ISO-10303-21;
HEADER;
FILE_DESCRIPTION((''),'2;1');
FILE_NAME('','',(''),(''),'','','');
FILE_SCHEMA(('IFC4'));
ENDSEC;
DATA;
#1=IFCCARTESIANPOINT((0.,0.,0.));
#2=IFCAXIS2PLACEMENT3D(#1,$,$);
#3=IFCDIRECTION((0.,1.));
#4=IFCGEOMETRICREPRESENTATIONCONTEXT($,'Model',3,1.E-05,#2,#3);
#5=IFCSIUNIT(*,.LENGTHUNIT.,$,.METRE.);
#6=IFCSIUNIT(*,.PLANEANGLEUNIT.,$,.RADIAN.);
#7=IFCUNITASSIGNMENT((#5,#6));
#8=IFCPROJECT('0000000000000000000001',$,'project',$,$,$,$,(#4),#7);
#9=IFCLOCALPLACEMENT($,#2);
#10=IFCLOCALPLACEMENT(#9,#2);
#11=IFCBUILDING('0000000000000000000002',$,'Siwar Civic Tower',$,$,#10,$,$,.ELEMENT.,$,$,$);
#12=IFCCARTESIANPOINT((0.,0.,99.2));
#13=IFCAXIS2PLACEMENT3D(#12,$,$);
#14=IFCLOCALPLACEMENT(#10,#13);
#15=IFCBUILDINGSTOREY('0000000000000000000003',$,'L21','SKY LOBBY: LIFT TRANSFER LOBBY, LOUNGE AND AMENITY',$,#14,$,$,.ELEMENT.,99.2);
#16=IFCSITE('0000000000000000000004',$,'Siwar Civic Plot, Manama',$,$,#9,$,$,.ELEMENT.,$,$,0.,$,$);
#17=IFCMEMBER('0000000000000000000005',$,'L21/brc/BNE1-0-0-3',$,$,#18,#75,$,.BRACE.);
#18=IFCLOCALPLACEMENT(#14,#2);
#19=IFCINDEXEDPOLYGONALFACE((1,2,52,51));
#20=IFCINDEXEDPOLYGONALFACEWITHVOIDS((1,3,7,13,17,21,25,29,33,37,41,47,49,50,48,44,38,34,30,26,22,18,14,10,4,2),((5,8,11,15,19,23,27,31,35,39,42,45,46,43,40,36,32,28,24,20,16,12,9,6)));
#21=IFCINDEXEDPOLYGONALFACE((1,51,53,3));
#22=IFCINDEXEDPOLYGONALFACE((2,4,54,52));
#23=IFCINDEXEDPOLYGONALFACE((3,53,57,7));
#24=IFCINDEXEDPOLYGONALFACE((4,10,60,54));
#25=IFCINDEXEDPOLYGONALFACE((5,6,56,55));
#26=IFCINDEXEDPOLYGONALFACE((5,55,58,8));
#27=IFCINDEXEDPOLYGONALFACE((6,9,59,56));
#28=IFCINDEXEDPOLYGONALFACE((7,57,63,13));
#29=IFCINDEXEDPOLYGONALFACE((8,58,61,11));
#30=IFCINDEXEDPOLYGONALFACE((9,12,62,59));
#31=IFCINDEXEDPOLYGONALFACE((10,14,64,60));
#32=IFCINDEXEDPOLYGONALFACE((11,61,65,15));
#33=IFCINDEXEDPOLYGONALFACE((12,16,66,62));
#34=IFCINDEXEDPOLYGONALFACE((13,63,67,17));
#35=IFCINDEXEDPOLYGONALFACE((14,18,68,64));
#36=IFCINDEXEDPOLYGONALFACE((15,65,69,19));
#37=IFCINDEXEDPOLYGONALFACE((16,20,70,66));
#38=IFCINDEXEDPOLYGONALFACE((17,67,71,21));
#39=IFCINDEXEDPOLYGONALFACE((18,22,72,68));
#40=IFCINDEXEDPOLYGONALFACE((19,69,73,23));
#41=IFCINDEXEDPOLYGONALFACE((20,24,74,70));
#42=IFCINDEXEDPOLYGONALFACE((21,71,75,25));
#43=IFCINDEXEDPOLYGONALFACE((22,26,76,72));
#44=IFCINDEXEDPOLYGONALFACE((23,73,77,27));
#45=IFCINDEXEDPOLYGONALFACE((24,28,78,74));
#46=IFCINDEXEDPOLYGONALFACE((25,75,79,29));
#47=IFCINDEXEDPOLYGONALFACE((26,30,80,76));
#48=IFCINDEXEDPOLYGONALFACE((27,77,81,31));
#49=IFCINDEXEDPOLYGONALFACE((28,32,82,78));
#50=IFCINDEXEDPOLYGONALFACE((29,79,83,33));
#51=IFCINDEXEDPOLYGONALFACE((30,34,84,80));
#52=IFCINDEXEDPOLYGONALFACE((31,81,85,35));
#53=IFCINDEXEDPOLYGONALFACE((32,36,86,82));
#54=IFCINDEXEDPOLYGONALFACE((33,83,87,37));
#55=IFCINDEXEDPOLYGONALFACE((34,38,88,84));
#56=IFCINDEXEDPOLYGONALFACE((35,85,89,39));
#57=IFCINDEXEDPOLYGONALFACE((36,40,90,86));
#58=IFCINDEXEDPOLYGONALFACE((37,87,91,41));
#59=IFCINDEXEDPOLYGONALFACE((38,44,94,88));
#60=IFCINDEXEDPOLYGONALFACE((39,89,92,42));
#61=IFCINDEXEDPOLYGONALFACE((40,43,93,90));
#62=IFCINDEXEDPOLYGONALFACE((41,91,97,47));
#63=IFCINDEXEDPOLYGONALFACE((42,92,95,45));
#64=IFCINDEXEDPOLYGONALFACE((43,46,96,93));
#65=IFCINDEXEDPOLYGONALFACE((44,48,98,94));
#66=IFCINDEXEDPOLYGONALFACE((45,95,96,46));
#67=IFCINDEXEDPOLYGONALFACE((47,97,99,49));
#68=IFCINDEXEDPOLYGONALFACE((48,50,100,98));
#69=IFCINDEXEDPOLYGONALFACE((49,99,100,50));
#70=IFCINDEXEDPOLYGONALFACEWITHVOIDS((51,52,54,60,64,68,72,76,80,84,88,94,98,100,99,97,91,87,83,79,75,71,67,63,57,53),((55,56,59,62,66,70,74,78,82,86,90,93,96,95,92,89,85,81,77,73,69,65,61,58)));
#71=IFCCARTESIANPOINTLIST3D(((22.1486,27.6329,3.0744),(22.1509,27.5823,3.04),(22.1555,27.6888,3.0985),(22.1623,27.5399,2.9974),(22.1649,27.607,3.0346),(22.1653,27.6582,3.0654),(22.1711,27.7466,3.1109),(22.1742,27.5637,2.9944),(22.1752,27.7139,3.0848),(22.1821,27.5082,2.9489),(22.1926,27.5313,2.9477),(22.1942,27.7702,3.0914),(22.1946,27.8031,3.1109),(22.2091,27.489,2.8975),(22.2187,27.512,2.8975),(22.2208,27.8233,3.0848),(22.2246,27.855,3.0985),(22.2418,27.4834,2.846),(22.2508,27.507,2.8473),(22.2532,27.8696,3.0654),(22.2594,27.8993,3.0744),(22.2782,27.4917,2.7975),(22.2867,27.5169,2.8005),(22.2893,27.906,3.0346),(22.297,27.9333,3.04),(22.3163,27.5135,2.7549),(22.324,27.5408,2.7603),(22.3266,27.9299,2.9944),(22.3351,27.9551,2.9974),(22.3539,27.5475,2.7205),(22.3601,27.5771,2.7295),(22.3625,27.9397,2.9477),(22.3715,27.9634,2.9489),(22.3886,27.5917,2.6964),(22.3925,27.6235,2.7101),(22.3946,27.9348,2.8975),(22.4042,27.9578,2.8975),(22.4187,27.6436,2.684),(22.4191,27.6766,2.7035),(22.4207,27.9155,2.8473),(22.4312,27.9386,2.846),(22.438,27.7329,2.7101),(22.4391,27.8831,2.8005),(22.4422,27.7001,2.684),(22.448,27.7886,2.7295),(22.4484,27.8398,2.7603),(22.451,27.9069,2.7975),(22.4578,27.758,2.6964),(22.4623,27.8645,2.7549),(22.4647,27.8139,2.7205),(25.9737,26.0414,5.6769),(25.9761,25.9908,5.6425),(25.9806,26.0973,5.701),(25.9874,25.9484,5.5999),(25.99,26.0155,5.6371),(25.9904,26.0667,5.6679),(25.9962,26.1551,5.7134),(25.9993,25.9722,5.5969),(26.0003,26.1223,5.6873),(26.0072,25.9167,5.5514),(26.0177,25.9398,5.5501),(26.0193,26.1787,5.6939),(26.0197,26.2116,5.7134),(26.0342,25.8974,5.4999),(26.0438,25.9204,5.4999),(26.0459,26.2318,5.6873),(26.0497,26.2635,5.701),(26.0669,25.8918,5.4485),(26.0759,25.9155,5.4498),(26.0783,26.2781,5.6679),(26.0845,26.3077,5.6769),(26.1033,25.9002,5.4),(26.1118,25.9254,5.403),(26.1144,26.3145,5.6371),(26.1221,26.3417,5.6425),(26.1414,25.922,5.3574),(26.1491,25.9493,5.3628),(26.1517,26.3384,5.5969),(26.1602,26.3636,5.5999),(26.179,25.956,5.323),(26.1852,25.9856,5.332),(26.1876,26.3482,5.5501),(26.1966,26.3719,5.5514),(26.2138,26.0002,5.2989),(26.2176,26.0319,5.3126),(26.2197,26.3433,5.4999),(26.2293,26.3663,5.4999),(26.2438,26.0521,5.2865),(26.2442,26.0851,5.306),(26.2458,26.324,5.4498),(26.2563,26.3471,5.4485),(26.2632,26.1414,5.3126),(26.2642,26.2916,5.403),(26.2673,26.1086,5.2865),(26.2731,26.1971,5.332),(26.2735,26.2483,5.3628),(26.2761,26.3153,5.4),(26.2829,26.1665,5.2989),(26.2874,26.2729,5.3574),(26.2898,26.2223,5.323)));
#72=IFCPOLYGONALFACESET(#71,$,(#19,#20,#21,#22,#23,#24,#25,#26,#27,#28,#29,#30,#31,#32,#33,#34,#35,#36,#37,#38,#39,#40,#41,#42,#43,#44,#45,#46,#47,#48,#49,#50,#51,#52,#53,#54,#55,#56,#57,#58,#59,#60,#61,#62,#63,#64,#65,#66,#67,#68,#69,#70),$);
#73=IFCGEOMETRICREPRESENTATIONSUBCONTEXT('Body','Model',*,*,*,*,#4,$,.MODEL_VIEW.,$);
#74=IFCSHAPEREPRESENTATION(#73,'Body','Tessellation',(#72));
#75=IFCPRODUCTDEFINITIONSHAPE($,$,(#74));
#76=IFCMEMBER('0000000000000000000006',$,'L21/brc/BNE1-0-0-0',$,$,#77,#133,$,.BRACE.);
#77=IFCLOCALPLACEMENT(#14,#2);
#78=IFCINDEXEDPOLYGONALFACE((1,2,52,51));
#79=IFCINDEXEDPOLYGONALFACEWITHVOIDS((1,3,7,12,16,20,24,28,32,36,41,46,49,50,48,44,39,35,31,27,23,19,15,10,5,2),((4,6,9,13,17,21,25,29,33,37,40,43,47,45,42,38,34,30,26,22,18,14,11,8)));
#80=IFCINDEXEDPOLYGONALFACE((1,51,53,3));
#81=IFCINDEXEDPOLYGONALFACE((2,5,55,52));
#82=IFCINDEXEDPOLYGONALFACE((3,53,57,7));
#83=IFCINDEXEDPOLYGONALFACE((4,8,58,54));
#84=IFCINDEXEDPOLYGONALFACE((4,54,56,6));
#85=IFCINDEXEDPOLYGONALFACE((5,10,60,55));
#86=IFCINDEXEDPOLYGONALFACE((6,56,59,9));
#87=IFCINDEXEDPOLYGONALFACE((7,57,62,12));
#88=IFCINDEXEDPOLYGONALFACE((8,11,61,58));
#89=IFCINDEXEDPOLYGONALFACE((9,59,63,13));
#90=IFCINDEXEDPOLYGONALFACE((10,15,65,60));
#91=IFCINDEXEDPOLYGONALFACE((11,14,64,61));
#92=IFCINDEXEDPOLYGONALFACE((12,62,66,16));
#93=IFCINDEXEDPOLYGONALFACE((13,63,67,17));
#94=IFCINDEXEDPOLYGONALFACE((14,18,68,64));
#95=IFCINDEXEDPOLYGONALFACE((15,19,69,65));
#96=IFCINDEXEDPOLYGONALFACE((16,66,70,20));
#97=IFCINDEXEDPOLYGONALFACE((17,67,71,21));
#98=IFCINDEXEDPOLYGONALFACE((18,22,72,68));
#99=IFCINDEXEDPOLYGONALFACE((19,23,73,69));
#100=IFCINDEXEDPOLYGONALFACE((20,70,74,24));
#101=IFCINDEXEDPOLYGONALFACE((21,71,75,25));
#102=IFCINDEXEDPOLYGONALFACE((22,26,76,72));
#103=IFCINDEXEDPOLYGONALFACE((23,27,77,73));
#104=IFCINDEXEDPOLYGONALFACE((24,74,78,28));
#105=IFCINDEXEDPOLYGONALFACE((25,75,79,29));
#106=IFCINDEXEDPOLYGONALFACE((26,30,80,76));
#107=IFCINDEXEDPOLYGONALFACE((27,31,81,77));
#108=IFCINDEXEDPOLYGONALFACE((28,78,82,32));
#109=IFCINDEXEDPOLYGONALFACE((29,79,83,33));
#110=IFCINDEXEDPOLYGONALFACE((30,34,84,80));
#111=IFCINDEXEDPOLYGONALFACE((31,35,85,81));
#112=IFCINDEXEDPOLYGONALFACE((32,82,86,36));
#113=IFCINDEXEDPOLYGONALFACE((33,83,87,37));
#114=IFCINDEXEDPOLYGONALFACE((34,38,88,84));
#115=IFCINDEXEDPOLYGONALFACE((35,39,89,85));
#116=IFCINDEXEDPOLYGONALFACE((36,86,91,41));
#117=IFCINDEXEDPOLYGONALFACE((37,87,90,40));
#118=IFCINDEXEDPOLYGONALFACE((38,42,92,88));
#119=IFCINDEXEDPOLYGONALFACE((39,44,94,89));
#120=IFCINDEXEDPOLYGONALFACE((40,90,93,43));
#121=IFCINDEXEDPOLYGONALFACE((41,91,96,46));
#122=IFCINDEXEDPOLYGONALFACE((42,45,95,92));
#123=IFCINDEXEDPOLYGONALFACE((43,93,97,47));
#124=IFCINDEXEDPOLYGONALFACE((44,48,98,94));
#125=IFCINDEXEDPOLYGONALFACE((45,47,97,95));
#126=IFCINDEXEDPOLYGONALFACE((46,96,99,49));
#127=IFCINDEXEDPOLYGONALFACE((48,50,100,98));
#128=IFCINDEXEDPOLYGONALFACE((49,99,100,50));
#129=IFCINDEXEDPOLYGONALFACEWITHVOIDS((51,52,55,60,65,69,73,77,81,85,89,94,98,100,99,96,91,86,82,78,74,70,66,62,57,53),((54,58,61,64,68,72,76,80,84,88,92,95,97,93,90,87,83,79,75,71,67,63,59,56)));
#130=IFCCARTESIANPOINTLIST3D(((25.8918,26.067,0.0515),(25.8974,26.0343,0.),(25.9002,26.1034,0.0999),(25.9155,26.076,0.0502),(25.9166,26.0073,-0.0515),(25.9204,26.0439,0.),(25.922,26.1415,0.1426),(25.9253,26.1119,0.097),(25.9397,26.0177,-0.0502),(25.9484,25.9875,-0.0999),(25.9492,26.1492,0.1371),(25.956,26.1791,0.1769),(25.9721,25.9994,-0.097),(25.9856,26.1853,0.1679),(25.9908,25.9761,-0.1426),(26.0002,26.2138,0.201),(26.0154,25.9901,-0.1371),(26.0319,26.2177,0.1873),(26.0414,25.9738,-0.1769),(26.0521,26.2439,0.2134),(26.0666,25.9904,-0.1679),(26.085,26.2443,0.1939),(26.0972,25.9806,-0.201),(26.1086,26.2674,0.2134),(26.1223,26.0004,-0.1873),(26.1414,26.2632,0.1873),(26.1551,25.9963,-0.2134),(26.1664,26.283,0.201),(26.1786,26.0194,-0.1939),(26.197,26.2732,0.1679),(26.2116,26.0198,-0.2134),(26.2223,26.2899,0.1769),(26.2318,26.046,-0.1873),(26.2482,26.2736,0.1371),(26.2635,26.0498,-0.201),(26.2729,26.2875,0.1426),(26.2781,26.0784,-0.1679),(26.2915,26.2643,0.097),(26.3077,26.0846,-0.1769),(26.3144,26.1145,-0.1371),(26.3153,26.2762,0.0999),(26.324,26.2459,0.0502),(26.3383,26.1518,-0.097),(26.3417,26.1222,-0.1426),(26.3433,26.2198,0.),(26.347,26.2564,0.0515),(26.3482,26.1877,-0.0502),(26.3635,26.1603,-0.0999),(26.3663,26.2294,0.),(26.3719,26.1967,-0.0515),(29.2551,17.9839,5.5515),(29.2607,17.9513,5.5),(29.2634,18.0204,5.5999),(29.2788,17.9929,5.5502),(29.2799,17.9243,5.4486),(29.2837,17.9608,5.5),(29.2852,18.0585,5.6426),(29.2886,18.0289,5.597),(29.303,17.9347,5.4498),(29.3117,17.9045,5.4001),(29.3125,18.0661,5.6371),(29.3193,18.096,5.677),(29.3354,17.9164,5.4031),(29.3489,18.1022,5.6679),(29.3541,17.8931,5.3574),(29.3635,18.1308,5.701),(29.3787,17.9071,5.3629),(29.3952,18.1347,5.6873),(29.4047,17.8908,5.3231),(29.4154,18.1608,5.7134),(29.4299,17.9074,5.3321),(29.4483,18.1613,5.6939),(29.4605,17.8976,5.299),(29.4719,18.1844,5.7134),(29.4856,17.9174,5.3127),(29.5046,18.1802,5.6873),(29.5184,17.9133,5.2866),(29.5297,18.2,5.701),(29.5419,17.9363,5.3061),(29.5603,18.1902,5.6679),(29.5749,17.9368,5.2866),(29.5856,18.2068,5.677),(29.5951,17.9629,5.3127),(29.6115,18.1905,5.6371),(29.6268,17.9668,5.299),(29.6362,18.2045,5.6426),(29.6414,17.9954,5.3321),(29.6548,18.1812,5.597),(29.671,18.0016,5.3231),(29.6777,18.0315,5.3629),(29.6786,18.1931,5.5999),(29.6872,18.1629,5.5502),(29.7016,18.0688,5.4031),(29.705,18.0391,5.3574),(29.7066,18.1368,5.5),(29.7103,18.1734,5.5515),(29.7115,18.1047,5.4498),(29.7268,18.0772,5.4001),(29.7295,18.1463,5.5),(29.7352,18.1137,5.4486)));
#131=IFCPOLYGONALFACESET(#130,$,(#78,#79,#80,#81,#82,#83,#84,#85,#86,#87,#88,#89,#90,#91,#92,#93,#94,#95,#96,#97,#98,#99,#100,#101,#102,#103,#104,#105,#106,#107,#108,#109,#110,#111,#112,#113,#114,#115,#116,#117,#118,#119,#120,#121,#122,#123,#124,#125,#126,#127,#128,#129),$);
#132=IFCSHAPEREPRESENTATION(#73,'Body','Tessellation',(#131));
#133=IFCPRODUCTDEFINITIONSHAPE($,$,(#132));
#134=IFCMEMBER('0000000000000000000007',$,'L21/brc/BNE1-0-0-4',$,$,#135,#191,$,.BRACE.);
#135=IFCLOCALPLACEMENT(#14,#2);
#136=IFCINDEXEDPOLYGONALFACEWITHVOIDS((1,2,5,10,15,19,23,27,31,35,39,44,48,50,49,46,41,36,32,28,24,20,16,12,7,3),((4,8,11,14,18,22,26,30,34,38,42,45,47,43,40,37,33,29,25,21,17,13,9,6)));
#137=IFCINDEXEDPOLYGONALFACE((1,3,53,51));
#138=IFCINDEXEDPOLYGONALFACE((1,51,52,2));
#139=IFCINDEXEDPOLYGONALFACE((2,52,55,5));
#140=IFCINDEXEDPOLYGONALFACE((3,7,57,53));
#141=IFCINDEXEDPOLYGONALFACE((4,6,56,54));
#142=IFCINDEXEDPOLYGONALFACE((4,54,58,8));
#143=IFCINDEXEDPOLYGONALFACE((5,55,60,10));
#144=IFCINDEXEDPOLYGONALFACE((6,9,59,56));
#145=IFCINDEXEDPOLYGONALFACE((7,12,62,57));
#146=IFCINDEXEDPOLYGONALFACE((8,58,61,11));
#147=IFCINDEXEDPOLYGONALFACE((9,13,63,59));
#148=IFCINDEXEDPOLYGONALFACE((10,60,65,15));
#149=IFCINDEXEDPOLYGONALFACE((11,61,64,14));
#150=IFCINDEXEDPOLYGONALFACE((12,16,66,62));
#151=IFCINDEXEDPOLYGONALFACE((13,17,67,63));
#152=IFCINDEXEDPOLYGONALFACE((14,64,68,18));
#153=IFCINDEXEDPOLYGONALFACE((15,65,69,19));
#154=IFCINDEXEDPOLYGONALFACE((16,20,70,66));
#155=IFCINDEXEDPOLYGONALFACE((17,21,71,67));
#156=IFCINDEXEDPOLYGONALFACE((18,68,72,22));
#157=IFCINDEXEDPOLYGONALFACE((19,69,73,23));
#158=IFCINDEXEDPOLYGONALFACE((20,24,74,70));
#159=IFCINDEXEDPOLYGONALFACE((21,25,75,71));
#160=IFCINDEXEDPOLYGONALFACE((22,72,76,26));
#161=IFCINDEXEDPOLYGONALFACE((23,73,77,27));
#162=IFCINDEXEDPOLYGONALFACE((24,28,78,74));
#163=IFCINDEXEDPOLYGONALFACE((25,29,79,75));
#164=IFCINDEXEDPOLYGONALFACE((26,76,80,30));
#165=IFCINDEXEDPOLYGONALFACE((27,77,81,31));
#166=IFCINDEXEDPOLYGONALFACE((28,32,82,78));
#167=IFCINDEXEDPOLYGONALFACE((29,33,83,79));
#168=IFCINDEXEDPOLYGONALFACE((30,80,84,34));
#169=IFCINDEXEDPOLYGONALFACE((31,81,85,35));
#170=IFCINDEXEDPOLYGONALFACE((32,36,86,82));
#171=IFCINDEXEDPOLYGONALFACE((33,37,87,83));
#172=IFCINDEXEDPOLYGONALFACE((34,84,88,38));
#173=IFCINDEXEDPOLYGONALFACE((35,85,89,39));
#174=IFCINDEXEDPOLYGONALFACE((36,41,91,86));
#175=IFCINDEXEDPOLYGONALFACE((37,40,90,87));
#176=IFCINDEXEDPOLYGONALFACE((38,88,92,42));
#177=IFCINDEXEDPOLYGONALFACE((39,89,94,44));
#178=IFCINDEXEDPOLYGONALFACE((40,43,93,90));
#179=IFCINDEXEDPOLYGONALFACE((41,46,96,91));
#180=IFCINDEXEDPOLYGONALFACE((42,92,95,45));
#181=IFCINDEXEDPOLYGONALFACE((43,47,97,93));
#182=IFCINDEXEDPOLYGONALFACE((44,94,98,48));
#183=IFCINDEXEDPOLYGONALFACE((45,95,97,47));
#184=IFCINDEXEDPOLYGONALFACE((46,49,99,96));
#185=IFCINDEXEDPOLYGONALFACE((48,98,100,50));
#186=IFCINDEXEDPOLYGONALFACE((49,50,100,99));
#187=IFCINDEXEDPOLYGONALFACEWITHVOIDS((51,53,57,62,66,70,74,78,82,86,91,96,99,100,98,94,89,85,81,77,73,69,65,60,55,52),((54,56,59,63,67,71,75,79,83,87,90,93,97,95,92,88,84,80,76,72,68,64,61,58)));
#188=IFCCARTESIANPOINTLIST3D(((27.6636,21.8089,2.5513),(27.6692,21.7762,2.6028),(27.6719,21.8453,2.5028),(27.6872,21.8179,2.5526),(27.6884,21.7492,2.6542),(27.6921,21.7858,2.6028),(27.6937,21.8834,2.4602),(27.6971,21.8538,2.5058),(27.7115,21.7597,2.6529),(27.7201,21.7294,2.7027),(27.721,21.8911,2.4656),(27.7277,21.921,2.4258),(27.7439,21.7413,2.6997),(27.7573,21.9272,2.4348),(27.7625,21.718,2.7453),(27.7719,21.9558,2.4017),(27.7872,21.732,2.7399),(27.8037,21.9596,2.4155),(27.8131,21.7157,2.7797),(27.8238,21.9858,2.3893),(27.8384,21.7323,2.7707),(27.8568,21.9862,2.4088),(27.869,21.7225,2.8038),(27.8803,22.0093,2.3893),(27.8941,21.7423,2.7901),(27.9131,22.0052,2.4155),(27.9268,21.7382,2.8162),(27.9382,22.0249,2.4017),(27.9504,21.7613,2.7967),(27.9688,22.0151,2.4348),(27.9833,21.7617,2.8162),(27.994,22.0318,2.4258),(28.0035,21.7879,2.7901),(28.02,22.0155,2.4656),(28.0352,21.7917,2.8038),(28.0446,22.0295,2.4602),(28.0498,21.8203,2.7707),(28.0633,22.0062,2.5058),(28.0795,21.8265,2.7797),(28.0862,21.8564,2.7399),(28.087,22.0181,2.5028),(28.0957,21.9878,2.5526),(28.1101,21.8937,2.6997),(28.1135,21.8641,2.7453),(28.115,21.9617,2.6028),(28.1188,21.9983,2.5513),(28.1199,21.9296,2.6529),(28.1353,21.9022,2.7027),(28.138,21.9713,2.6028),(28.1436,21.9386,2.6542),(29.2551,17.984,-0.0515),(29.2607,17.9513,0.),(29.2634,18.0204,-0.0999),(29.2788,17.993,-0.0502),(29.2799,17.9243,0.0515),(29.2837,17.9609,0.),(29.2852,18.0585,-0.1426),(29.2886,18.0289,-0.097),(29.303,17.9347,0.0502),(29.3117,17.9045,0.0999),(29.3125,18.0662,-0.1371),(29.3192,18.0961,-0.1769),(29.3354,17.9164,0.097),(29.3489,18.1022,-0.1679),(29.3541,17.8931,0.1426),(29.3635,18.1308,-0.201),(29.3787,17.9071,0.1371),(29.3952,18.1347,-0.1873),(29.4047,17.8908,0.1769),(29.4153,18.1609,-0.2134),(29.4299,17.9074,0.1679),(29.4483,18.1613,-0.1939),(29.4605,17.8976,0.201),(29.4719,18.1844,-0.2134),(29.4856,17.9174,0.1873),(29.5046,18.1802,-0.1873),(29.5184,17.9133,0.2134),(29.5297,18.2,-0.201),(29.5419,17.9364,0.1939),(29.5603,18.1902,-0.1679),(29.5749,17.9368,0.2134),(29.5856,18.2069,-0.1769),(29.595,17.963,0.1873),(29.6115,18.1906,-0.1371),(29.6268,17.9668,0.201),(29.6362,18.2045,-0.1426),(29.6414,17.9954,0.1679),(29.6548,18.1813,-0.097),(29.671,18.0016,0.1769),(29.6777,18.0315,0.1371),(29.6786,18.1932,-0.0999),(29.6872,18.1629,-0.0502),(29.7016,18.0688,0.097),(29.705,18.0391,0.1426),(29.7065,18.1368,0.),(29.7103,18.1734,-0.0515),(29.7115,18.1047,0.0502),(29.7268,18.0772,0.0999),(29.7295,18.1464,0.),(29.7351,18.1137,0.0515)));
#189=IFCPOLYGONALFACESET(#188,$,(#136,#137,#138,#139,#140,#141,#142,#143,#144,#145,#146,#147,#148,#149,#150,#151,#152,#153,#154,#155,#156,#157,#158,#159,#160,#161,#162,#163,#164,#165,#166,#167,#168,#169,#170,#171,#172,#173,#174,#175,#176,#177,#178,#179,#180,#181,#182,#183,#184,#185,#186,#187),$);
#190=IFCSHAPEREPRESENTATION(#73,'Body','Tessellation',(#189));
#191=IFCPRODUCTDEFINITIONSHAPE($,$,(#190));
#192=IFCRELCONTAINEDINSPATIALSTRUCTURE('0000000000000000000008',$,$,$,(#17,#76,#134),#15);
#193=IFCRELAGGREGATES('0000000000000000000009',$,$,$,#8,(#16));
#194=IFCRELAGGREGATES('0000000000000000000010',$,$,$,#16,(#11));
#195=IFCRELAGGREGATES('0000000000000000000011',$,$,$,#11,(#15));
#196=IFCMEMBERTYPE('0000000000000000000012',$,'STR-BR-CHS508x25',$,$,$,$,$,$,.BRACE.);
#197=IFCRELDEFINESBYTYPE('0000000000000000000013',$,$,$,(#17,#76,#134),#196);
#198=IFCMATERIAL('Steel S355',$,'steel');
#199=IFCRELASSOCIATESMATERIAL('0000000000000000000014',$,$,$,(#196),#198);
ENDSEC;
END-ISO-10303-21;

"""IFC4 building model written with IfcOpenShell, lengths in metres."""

from ifc_helpers import new_model, si_unit, direction, frame, origin, origin_2d, place, context, subcontext, project, spatial, hollow_circle, extrude, material, material_profile, profile_set, type_object, element, save


model = new_model("IFC4")

# Units and contexts
model_context = context("Model", 3, precision=1e-05, world=origin(), true_north=direction((0.0, 1.0)))
body_context = subcontext(model_context, "Body", "Model", "MODEL_VIEW")
ifc_project = project(units=[si_unit("LENGTHUNIT", "METRE"), si_unit("PLANEANGLEUNIT", "RADIAN")], contexts=[model_context])

# Site, building, storey
site_placement = place(None, origin())
site = spatial("IfcSite", under=ifc_project, at=site_placement, Name="Siwar Civic Plot, Manama", CompositionType="ELEMENT", RefElevation=0.0)
building_placement = place(site_placement, origin())
building = spatial("IfcBuilding", under=site, at=building_placement, Name="Siwar Civic Tower", CompositionType="ELEMENT")
storey_placement = place(building_placement, frame((0.0, 0.0, 99.2)))
storey = spatial("IfcBuildingStorey", under=building, at=storey_placement, Name="L21", Description="SKY LOBBY: LIFT TRANSFER LOBBY, LOUNGE AND AMENITY", CompositionType="ELEMENT", Elevation=99.2)

# Members
ifc_material_1 = material(Name="Steel S355", Category="steel")
ifc_material_profile_1 = material_profile(ifc_material_1, hollow_circle(Radius=0.2539, WallThickness=0.0249, at=origin_2d()), Name="CHS508x25")
ifc_profile_set_1 = profile_set([ifc_material_profile_1], Name="Steel S355")
member_type_1 = type_object("IfcMemberType", Name="STR-BR-CHS508x25", PredefinedType="BRACE", material=ifc_profile_set_1)
member_1_placement = place(storey_placement, frame((22.3066, 27.7234, 2.8975), z_axis=(0.781819, -0.325292, 0.531924), x_axis=(0.384147, 0.923272, 0.0)))
element("IfcMember", 1, at=member_1_placement, inside=storey, type_object=member_type_1, Name="L21/brc/BNE1-0-0-3", PredefinedType="BRACE", context=body_context, shape_type="SweptSolid", body=[
    extrude(hollow_circle(Radius=0.2539, WallThickness=0.0249, at=origin_2d()), origin(), (0.0, 0.0, 1.0), 4.8926),
])
member_2_placement = place(storey_placement, frame((26.1318, 26.1318, 0.0), z_axis=(0.325298, -0.781791, 0.531962), x_axis=(0.923265, 0.384164, 0.0)))
element("IfcMember", 2, at=member_2_placement, inside=storey, type_object=member_type_1, Name="L21/brc/BNE1-0-0-0", PredefinedType="BRACE", context=body_context, shape_type="SweptSolid", body=[
    extrude(hollow_circle(Radius=0.2539, WallThickness=0.0249, at=origin_2d()), origin(), (0.0, 0.0, 1.0), 10.3391),
])
for number, where, z_axis, x_axis, name in (
    (3, (29.4951, 18.0488, 0.0), (-0.325296, 0.781779, 0.531981), (-0.923263, -0.384168, 0.0), "L21/brc/BNE1-0-0-4"),
):
    element("IfcMember", number, at=place(storey_placement, frame(where, z_axis=z_axis, x_axis=x_axis)), inside=storey, type_object=member_type_1, Name=name, PredefinedType="BRACE", context=body_context, shape_type="SweptSolid", body=[
        extrude(hollow_circle(Radius=0.2539, WallThickness=0.0249, at=origin_2d()), origin(), (0.0, 0.0, 1.0), 4.8926),
    ])

save(model, "model.ifc")
